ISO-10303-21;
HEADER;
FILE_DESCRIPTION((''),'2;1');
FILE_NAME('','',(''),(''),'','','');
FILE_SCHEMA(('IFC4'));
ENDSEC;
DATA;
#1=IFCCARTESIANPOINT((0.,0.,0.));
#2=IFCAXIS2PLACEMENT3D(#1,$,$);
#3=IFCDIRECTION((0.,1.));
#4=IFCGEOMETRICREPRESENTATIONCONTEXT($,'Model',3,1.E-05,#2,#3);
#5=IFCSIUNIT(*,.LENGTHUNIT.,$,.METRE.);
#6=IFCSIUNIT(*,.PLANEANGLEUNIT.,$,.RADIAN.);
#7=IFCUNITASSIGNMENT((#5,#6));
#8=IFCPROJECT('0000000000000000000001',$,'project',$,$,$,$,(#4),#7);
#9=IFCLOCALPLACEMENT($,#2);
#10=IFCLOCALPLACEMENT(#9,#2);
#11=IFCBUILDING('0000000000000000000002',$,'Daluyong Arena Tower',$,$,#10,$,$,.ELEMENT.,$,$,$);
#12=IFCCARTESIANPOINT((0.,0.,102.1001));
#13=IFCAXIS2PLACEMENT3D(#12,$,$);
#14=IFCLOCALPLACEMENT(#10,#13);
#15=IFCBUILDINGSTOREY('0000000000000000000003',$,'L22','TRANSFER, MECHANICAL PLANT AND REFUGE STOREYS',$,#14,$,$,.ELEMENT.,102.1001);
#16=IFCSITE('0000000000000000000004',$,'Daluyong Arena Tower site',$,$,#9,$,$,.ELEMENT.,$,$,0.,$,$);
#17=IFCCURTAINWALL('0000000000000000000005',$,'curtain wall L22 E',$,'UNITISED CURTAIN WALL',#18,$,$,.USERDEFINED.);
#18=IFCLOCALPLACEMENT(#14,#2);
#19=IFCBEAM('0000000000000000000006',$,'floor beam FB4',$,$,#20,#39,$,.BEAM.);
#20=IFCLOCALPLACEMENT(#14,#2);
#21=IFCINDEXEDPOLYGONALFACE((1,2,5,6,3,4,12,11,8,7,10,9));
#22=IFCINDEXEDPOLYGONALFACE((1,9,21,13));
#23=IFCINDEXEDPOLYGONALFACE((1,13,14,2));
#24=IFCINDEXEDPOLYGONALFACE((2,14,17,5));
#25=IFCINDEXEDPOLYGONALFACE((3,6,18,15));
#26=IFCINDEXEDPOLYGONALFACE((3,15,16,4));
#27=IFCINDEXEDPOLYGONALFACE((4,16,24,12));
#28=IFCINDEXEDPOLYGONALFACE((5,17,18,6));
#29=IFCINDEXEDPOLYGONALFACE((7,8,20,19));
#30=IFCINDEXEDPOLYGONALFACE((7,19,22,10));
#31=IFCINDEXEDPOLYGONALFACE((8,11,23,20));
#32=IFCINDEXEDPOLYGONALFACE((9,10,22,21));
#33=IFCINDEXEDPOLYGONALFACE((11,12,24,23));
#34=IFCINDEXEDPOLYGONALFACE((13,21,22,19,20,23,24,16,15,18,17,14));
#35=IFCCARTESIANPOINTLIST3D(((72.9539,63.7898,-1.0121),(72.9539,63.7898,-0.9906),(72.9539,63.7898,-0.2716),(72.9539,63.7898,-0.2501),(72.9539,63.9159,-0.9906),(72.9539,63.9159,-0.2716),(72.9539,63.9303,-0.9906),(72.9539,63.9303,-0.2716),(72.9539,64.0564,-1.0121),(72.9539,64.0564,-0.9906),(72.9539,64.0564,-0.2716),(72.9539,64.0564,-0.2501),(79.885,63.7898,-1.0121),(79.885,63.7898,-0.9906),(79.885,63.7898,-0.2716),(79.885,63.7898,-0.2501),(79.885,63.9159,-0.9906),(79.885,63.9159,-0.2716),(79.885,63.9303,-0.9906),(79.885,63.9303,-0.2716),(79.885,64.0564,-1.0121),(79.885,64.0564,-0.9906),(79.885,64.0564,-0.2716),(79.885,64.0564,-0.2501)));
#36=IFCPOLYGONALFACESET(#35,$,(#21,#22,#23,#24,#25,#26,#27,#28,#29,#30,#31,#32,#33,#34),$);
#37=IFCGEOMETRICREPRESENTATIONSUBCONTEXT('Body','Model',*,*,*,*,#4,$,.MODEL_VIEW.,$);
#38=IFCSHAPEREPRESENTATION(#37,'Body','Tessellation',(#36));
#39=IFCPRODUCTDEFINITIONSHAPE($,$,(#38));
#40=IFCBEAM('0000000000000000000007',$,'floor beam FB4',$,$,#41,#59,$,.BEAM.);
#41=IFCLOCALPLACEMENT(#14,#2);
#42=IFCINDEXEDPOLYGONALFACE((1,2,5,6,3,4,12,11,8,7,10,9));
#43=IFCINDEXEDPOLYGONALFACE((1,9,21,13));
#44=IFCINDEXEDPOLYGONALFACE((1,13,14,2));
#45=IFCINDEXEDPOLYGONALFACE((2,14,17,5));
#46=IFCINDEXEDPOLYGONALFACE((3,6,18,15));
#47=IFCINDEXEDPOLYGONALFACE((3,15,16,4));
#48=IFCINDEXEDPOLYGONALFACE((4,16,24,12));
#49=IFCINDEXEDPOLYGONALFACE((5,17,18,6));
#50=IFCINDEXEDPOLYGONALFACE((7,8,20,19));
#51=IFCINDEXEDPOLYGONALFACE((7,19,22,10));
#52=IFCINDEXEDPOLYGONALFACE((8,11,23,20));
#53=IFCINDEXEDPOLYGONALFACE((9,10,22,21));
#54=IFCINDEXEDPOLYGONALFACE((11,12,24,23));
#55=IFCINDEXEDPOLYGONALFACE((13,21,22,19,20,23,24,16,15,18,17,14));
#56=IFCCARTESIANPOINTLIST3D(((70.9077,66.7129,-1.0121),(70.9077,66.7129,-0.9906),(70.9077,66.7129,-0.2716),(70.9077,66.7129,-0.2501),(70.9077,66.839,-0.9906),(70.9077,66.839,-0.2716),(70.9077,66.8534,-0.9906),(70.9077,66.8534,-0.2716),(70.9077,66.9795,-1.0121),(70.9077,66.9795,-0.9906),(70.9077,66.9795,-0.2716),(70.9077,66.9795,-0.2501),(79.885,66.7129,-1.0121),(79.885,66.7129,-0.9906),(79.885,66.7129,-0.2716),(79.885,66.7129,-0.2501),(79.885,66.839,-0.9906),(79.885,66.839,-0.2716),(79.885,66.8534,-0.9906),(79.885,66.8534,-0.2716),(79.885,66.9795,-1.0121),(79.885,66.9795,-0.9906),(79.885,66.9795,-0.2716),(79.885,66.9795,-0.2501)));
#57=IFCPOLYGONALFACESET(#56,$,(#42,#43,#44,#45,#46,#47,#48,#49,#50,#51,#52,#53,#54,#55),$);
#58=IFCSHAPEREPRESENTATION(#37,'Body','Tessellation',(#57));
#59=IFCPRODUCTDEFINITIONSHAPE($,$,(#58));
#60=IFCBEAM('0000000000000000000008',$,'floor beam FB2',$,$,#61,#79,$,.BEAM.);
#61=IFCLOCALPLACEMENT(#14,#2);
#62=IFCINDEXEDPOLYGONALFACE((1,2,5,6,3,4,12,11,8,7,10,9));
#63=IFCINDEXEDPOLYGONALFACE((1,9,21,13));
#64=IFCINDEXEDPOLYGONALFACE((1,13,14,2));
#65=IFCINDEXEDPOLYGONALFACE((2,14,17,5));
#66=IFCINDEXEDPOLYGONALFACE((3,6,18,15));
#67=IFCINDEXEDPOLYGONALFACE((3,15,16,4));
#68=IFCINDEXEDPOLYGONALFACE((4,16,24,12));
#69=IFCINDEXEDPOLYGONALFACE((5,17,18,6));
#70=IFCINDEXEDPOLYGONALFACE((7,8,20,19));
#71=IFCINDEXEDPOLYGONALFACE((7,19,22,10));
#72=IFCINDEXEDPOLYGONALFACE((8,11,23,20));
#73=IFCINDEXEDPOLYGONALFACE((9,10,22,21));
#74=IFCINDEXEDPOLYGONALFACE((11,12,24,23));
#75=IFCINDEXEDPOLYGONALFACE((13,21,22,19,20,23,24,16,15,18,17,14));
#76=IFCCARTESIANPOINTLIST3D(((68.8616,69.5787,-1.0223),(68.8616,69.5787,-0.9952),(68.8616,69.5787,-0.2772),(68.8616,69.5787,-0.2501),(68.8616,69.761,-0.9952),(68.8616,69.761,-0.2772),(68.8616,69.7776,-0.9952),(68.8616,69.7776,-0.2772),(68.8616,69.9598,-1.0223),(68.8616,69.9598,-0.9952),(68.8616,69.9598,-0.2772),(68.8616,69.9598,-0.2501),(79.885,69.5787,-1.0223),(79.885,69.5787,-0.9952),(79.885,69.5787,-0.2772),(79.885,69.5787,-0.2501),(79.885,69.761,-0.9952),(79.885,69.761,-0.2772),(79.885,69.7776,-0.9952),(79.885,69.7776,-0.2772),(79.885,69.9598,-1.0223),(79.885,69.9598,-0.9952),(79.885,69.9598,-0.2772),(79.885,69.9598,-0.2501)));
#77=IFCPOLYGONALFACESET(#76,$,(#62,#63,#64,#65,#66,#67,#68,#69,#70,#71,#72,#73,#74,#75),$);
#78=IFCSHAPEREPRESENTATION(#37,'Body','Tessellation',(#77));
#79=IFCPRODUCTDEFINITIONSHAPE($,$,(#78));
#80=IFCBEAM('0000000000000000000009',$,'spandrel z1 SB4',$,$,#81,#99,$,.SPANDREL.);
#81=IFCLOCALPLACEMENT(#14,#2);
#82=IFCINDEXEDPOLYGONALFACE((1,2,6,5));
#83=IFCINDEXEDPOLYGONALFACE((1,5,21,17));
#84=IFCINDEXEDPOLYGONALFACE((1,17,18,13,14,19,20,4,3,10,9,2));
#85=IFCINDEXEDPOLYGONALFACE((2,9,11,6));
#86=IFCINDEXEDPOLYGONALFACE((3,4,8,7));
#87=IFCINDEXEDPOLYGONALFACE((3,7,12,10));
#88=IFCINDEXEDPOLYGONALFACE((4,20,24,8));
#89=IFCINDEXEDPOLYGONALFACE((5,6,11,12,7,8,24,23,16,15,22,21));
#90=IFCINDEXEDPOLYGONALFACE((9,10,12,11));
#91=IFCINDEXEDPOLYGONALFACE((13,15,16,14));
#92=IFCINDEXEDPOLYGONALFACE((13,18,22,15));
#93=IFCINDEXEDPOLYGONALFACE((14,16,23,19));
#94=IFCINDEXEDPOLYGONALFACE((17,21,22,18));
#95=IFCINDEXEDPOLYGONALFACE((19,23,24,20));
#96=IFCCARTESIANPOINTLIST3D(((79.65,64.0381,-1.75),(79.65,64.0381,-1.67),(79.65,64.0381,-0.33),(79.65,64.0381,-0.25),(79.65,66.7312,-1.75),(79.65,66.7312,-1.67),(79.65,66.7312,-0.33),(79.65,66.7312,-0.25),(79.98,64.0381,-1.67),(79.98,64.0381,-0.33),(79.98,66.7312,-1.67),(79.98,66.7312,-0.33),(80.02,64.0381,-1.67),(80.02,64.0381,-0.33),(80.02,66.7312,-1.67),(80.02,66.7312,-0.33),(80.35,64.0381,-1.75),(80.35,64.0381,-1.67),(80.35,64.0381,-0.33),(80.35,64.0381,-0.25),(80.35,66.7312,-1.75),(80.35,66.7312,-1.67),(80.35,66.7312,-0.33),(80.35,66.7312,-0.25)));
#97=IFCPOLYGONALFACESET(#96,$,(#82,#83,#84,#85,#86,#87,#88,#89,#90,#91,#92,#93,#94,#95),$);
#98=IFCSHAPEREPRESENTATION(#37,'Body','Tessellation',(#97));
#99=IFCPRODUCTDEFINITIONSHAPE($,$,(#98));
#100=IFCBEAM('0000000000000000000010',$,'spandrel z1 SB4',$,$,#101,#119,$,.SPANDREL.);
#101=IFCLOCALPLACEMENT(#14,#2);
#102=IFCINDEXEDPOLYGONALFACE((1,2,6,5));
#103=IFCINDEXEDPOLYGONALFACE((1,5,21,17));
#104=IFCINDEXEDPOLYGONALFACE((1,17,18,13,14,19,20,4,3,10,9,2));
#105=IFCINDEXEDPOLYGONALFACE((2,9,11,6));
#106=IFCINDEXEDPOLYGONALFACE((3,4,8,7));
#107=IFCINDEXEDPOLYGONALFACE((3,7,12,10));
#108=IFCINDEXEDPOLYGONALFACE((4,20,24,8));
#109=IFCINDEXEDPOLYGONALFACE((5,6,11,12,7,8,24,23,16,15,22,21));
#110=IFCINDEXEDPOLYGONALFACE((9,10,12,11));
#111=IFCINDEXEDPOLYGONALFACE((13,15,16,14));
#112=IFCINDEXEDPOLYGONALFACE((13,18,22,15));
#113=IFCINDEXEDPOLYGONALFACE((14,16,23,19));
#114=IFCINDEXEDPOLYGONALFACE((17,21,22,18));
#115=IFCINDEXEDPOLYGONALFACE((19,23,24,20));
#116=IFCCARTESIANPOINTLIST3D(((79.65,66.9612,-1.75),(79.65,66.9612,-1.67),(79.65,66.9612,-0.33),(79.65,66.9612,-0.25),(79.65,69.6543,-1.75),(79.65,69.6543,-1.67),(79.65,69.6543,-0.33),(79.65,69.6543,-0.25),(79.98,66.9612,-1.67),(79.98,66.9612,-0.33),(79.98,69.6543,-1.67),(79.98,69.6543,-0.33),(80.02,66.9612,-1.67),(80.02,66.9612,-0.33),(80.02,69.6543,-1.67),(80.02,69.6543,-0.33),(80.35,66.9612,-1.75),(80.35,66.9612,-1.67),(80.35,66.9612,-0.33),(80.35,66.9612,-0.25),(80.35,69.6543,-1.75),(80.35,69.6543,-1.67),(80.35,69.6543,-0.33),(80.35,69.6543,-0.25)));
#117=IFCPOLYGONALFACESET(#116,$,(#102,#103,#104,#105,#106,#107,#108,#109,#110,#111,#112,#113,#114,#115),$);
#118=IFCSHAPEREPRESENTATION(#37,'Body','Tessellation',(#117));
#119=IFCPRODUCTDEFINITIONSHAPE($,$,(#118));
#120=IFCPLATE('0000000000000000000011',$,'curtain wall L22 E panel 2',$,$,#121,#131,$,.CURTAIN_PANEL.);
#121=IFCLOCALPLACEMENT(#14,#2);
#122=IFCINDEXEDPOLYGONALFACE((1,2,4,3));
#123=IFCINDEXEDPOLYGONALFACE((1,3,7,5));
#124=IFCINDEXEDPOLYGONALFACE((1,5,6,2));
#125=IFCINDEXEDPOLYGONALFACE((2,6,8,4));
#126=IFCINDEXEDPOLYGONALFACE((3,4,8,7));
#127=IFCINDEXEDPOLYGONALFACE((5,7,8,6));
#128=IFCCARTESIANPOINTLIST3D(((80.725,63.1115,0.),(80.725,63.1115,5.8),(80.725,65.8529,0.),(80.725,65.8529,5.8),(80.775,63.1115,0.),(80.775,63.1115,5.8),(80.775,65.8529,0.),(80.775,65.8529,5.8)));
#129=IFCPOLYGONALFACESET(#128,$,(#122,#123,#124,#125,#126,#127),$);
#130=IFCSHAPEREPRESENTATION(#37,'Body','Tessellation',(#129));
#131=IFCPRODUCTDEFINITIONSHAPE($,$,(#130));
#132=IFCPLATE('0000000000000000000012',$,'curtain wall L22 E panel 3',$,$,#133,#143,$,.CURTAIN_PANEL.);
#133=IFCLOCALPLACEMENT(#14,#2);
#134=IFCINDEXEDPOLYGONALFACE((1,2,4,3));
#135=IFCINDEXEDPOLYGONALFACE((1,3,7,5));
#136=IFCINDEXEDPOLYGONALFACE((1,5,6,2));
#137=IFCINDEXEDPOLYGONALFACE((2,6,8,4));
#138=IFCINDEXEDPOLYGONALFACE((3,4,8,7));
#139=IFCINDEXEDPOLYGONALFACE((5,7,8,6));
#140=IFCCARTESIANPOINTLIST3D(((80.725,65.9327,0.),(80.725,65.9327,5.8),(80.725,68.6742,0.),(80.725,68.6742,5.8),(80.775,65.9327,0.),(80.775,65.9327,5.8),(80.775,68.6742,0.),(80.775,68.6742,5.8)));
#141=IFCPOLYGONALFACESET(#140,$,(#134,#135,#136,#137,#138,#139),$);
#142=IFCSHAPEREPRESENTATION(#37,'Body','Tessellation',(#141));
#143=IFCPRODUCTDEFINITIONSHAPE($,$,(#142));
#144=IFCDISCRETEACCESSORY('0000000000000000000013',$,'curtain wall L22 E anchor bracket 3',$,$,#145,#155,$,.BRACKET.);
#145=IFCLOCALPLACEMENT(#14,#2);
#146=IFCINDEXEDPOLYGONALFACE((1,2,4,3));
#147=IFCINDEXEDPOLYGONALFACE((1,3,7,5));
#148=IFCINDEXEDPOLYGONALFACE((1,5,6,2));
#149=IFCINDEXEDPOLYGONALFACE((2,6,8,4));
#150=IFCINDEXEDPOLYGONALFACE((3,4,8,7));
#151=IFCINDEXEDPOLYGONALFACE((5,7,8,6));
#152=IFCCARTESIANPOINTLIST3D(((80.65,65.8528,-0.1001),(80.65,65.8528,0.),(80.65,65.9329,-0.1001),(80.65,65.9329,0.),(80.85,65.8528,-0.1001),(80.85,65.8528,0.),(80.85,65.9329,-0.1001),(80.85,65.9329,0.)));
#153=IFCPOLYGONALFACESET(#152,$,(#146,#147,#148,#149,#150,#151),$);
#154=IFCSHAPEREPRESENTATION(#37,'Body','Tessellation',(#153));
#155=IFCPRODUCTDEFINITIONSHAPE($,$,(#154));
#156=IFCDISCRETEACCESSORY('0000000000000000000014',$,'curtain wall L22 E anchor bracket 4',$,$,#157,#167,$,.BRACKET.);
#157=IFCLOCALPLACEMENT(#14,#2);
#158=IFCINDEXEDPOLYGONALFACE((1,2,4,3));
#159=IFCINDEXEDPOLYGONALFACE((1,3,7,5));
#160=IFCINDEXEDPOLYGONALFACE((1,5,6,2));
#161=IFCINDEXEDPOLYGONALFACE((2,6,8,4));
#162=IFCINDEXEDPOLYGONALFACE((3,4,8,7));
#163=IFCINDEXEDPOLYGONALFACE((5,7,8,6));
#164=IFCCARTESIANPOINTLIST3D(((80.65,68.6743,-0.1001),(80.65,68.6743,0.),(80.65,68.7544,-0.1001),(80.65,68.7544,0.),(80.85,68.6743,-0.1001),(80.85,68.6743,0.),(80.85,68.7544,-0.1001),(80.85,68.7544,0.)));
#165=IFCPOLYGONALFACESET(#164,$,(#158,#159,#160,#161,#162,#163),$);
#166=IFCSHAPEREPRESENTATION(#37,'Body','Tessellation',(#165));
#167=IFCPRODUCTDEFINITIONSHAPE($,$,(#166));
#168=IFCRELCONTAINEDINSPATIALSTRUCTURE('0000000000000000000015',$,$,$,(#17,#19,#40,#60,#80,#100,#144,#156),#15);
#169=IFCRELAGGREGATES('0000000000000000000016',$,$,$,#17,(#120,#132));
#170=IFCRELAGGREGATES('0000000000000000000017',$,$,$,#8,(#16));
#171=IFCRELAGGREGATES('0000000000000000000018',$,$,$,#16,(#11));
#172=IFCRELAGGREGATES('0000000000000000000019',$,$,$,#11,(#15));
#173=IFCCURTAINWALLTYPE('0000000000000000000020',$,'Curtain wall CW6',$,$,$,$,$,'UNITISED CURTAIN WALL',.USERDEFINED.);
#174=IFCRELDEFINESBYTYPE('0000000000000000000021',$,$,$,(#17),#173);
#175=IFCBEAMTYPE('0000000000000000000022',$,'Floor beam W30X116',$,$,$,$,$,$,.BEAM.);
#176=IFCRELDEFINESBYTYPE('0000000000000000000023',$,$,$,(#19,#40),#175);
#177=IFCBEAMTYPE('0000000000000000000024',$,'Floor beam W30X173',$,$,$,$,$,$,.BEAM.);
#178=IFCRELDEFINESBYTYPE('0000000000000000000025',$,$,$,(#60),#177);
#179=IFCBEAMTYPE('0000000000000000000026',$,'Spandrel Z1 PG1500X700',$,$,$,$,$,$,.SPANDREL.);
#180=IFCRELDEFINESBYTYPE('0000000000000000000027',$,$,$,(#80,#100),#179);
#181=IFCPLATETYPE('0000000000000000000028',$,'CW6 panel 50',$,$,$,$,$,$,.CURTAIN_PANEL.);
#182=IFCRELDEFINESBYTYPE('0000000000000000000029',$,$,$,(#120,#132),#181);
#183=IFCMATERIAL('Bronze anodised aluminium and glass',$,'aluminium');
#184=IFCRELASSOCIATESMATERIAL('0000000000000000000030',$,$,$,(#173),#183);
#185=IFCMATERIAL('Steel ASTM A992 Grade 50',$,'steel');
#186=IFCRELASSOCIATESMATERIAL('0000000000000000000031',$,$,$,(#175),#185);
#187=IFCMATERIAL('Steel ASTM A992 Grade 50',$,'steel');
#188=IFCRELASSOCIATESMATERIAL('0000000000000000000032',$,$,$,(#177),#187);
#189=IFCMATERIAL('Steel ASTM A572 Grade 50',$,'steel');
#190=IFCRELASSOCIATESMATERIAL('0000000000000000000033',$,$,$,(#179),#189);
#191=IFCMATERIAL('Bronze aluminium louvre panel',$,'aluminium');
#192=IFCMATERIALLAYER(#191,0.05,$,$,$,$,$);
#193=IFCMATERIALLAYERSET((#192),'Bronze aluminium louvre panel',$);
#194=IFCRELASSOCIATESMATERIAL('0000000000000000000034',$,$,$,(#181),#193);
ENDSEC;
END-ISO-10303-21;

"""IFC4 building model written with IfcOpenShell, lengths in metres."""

from ifc_helpers import new_model, si_unit, direction, frame, origin, origin_2d, place, context, subcontext, project, spatial, rectangle, i_section, extrude, material, layer, layer_set, material_profile, profile_set, type_object, element, aggregate, save


model = new_model("IFC4")

# Units and contexts
model_context = context("Model", 3, precision=1e-05, world=origin(), true_north=direction((0.0, 1.0)))
body_context = subcontext(model_context, "Body", "Model", "MODEL_VIEW")
ifc_project = project(units=[si_unit("LENGTHUNIT", "METRE"), si_unit("PLANEANGLEUNIT", "RADIAN")], contexts=[model_context])

# Site, building, storey
site_placement = place(None, origin())
site = spatial("IfcSite", under=ifc_project, at=site_placement, Name="Daluyong Arena Tower site", CompositionType="ELEMENT", RefElevation=0.0)
building_placement = place(site_placement, origin())
building = spatial("IfcBuilding", under=site, at=building_placement, Name="Daluyong Arena Tower", CompositionType="ELEMENT")
storey_placement = place(building_placement, frame((0.0, 0.0, 102.1001)))
storey = spatial("IfcBuildingStorey", under=building, at=storey_placement, Name="L22", Description="TRANSFER, MECHANICAL PLANT AND REFUGE STOREYS", CompositionType="ELEMENT", Elevation=102.1001)

# Curtain wall
ifc_material_1 = material(Name="Bronze anodised aluminium and glass", Category="aluminium")
curtain_wall_type = type_object("IfcCurtainWallType", Name="Curtain wall CW6", ElementType="UNITISED CURTAIN WALL", PredefinedType="USERDEFINED", material=ifc_material_1)
curtain_wall_placement = place(storey_placement, origin())
curtain_wall = element("IfcCurtainWall", 1, at=curtain_wall_placement, inside=storey, type_object=curtain_wall_type, Name="curtain wall L22 E", ObjectType="UNITISED CURTAIN WALL", PredefinedType="USERDEFINED")

# Beams
ifc_material_2 = material(Name="Steel ASTM A992 Grade 50", Category="steel")
ifc_material_profile_1 = material_profile(ifc_material_2, i_section(OverallWidth=0.2666, OverallDepth=0.762, WebThickness=0.0144, FlangeThickness=0.0215, at=origin_2d()))
ifc_profile_set_1 = profile_set([ifc_material_profile_1], Name="Steel ASTM A992 Grade 50")
beam_type_1 = type_object("IfcBeamType", Name="Floor beam W30X116", PredefinedType="BEAM", material=ifc_profile_set_1)
beam_1_placement = place(storey_placement, frame((79.885, 63.9231, -0.6311), z_axis=(-1.0, 0.0, 0.0), x_axis=(0.0, -1.0, 0.0)))
element("IfcBeam", 2, at=beam_1_placement, inside=storey, type_object=beam_type_1, Name="floor beam FB4", PredefinedType="BEAM", context=body_context, shape_type="SweptSolid", body=[
    extrude(i_section(OverallWidth=0.2666, OverallDepth=0.762, WebThickness=0.0144, FlangeThickness=0.0215, at=origin_2d()), origin(), (0.0, 0.0, 1.0), 6.9312),
])
beam_2_placement = place(storey_placement, frame((79.885, 66.8462, -0.6311), z_axis=(-1.0, 0.0, 0.0), x_axis=(0.0, -1.0, 0.0)))
element("IfcBeam", 3, at=beam_2_placement, inside=storey, type_object=beam_type_1, Name="floor beam FB4", PredefinedType="BEAM", context=body_context, shape_type="SweptSolid", body=[
    extrude(i_section(OverallWidth=0.2666, OverallDepth=0.762, WebThickness=0.0144, FlangeThickness=0.0215, at=origin_2d()), origin(), (0.0, 0.0, 1.0), 8.9773),
])
ifc_material_3 = material(Name="Steel ASTM A992 Grade 50", Category="steel")
ifc_material_profile_2 = material_profile(ifc_material_3, i_section(OverallWidth=0.3811, OverallDepth=0.7722, WebThickness=0.0166, FlangeThickness=0.0271, at=origin_2d()))
ifc_profile_set_2 = profile_set([ifc_material_profile_2], Name="Steel ASTM A992 Grade 50")
beam_type_2 = type_object("IfcBeamType", Name="Floor beam W30X173", PredefinedType="BEAM", material=ifc_profile_set_2)
beam_3_placement = place(storey_placement, frame((79.885, 69.7693, -0.6362), z_axis=(-1.0, 0.0, 0.0), x_axis=(0.0, -1.0, 0.0)))
element("IfcBeam", 4, at=beam_3_placement, inside=storey, type_object=beam_type_2, Name="floor beam FB2", PredefinedType="BEAM", context=body_context, shape_type="SweptSolid", body=[
    extrude(i_section(OverallWidth=0.3811, OverallDepth=0.7722, WebThickness=0.0166, FlangeThickness=0.0271, at=origin_2d()), origin(), (0.0, 0.0, 1.0), 11.0234),
])
ifc_material_4 = material(Name="Steel ASTM A572 Grade 50", Category="steel")
ifc_material_profile_3 = material_profile(ifc_material_4, i_section(OverallWidth=0.7, OverallDepth=1.5, WebThickness=0.04, FlangeThickness=0.08, at=origin_2d()))
ifc_profile_set_3 = profile_set([ifc_material_profile_3], Name="Steel ASTM A572 Grade 50")
beam_type_3 = type_object("IfcBeamType", Name="Spandrel Z1 PG1500X700", PredefinedType="SPANDREL", material=ifc_profile_set_3)
for number, where, z_axis, x_axis, name in (
    (5, (80.0, 64.0381, -1.0), (0.0, 1.0, 0.0), (-1.0, 0.0, 0.0), "spandrel z1 SB4"),
    (6, (80.0, 66.9612, -1.0), (0.0, 1.0, 0.0), (-1.0, 0.0, 0.0), "spandrel z1 SB4"),
):
    element("IfcBeam", number, at=place(storey_placement, frame(where, z_axis=z_axis, x_axis=x_axis)), inside=storey, type_object=beam_type_3, Name=name, PredefinedType="SPANDREL", context=body_context, shape_type="SweptSolid", body=[
        extrude(i_section(OverallWidth=0.7, OverallDepth=1.5, WebThickness=0.04, FlangeThickness=0.08, at=origin_2d()), origin(), (0.0, 0.0, 1.0), 2.6931),
    ])

# Plates
ifc_material_5 = material(Name="Bronze aluminium louvre panel", Category="aluminium")
ifc_layer = layer(ifc_material_5, 0.05)
ifc_layer_set = layer_set([ifc_layer], Name="Bronze aluminium louvre panel")
plate_type = type_object("IfcPlateType", Name="CW6 panel 50", PredefinedType="CURTAIN_PANEL", material=ifc_layer_set)
plate_1_placement = place(storey_placement, frame((80.75, 64.4822, 0.0), z_axis=(0.0, 0.0, 1.0), x_axis=(0.0, 1.0, 0.0)))
plate_1 = element("IfcPlate", 7, at=plate_1_placement, type_object=plate_type, Name="curtain wall L22 E panel 2", PredefinedType="CURTAIN_PANEL", context=body_context, shape_type="SweptSolid", body=[
    extrude(rectangle(XDim=2.7415, YDim=0.05, at=origin_2d()), origin(), (0.0, 0.0, 1.0), 5.8),
])
plate_2_placement = place(storey_placement, frame((80.75, 67.3035, 0.0), z_axis=(0.0, 0.0, 1.0), x_axis=(0.0, 1.0, 0.0)))
plate_2 = element("IfcPlate", 8, at=plate_2_placement, type_object=plate_type, Name="curtain wall L22 E panel 3", PredefinedType="CURTAIN_PANEL", context=body_context, shape_type="SweptSolid", body=[
    extrude(rectangle(XDim=2.7415, YDim=0.05, at=origin_2d()), origin(), (0.0, 0.0, 1.0), 5.8),
])
aggregate(curtain_wall, [plate_1, plate_2])

# Discrete accessories
for number, where, z_axis, x_axis, name in (
    (9, (80.75, 65.8928, -0.1001), (0.0, 0.0, 1.0), (0.0, 1.0, 0.0), "curtain wall L22 E anchor bracket 3"),
    (10, (80.75, 68.7144, -0.1001), (0.0, 0.0, 1.0), (0.0, 1.0, 0.0), "curtain wall L22 E anchor bracket 4"),
):
    element("IfcDiscreteAccessory", number, at=place(storey_placement, frame(where, z_axis=z_axis, x_axis=x_axis)), inside=storey, Name=name, PredefinedType="BRACKET", context=body_context, shape_type="SweptSolid", body=[
        extrude(rectangle(XDim=0.0801, YDim=0.2, at=origin_2d()), origin(), (0.0, 0.0, 1.0), 0.1001),
    ])

save(model, "model.ifc")
